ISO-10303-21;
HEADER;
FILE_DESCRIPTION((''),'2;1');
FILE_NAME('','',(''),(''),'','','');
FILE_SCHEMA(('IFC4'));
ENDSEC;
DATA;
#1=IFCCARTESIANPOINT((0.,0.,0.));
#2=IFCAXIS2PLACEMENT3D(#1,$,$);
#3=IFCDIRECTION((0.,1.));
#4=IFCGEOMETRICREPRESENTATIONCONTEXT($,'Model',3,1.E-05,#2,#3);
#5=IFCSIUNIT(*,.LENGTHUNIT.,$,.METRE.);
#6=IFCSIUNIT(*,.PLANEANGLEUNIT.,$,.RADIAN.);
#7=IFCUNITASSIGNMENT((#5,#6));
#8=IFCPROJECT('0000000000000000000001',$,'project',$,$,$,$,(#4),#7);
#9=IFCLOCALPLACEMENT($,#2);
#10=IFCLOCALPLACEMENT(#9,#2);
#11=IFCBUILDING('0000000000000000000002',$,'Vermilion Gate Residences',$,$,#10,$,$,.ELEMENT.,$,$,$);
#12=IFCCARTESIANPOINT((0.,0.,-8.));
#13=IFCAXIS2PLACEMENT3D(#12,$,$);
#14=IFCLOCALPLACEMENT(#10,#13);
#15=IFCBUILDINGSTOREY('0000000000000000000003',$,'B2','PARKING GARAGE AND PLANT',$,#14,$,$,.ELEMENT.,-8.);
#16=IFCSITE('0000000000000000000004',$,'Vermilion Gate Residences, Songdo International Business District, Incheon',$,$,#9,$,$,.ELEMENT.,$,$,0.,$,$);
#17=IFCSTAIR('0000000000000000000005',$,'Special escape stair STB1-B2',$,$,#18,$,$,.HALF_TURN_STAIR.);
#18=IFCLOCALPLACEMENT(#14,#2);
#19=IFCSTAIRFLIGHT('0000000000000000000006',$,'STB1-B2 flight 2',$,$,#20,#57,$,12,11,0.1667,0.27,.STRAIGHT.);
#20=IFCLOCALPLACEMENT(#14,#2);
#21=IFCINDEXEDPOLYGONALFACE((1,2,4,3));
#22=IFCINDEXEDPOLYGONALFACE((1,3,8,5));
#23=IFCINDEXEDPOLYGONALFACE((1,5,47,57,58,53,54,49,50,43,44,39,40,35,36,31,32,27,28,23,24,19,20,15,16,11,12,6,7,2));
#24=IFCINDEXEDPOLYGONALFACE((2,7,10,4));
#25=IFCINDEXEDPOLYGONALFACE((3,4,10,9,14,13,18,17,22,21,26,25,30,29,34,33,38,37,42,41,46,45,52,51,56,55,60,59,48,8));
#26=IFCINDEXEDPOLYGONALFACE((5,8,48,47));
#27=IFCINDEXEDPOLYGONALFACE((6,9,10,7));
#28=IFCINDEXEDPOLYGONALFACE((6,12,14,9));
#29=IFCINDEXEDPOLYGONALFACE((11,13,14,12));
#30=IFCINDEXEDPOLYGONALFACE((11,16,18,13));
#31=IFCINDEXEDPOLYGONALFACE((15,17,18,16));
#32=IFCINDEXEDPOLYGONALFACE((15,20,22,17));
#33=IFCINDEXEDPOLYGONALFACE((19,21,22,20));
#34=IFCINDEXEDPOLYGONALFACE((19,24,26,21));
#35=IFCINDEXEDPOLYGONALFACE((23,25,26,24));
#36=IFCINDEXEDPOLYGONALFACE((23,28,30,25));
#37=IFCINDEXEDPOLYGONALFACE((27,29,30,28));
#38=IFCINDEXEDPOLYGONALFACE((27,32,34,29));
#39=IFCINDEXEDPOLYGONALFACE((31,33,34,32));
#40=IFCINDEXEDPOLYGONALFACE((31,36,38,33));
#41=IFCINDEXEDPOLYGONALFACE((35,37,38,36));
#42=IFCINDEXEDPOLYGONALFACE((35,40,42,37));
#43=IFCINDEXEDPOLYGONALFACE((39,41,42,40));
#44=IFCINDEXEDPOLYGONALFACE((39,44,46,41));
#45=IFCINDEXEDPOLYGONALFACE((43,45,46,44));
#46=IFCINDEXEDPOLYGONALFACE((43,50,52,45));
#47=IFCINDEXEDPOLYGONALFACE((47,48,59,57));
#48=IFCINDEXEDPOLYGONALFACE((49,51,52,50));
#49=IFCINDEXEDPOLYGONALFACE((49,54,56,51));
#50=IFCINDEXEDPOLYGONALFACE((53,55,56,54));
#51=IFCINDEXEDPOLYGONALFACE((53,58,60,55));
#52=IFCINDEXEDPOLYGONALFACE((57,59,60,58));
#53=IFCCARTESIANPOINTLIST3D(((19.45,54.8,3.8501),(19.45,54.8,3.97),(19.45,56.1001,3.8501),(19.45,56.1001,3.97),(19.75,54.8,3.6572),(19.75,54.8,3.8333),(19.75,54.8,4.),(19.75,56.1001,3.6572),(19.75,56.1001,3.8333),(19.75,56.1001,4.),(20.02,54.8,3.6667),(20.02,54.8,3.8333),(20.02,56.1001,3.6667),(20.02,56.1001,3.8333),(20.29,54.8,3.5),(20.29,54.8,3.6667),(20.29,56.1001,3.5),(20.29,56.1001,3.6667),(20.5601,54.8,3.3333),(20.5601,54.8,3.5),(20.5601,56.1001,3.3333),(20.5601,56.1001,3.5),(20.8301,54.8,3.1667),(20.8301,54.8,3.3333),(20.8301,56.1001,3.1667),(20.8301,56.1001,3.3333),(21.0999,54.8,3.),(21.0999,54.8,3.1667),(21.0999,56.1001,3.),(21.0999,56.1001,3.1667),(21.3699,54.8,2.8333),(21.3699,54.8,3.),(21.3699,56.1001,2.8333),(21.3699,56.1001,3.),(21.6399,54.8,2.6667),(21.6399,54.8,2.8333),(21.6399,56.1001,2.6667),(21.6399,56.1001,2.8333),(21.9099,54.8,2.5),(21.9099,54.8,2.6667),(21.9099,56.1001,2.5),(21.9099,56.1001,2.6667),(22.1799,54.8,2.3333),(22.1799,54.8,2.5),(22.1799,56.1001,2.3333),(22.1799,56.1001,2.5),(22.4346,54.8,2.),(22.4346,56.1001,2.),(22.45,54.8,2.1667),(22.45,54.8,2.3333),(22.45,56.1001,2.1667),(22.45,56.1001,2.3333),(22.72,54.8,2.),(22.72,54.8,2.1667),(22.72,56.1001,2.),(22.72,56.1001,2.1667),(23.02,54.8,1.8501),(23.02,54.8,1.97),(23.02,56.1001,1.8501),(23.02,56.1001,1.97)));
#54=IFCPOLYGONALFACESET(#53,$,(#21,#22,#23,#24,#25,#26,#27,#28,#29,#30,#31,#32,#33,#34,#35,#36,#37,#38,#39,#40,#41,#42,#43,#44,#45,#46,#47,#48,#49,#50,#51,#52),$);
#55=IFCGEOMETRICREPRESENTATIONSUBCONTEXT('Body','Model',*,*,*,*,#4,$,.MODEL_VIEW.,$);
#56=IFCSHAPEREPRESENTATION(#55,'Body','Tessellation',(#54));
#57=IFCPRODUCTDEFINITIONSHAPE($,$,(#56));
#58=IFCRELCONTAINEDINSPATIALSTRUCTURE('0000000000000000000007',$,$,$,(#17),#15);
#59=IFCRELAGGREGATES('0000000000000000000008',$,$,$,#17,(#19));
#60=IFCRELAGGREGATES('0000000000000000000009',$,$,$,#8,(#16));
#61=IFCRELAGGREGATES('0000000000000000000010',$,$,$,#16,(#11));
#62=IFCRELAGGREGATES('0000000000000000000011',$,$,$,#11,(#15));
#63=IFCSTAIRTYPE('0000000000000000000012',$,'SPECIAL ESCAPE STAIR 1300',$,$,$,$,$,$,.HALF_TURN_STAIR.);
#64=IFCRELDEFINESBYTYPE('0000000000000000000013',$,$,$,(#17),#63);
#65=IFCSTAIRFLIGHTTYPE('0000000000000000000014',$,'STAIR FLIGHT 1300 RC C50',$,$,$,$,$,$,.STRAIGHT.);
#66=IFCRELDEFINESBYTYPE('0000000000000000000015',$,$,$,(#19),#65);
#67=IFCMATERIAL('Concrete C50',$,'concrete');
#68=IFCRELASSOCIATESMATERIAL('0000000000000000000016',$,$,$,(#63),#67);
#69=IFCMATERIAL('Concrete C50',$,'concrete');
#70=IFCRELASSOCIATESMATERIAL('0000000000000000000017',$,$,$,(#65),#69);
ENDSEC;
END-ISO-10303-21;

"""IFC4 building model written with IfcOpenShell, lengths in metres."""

from ifc_helpers import new_model, si_unit, direction, frame, origin, place, context, subcontext, project, spatial, polyline, outline, extrude, material, type_object, element, aggregate, save


model = new_model("IFC4")

# Units and contexts
model_context = context("Model", 3, precision=1e-05, world=origin(), true_north=direction((0.0, 1.0)))
body_context = subcontext(model_context, "Body", "Model", "MODEL_VIEW")
ifc_project = project(units=[si_unit("LENGTHUNIT", "METRE"), si_unit("PLANEANGLEUNIT", "RADIAN")], contexts=[model_context])

# Site, building, storey
site_placement = place(None, origin())
site = spatial("IfcSite", under=ifc_project, at=site_placement, Name="Vermilion Gate Residences, Songdo International Business District, Incheon", CompositionType="ELEMENT", RefElevation=0.0)
building_placement = place(site_placement, origin())
building = spatial("IfcBuilding", under=site, at=building_placement, Name="Vermilion Gate Residences", CompositionType="ELEMENT")
storey_placement = place(building_placement, frame((0.0, 0.0, -8.0)))
storey = spatial("IfcBuildingStorey", under=building, at=storey_placement, Name="B2", Description="PARKING GARAGE AND PLANT", CompositionType="ELEMENT", Elevation=-8.0)

# Stair, stair flight
ifc_material_1 = material(Name="Concrete C50", Category="concrete")
stair_type = type_object("IfcStairType", Name="SPECIAL ESCAPE STAIR 1300", PredefinedType="HALF_TURN_STAIR", material=ifc_material_1)
stair_placement = place(storey_placement, origin())
stair = element("IfcStair", 1, at=stair_placement, inside=storey, type_object=stair_type, Name="Special escape stair STB1-B2", PredefinedType="HALF_TURN_STAIR")
ifc_material_2 = material(Name="Concrete C50", Category="concrete")
stair_flight_type = type_object("IfcStairFlightType", Name="STAIR FLIGHT 1300 RC C50", PredefinedType="STRAIGHT", material=ifc_material_2)
stair_flight_1_placement = place(storey_placement, frame((22.72, 55.45, 2.0), z_axis=(0.0, 0.0, 1.0), x_axis=(-1.0, 0.0, 0.0)))
stair_flight_1 = element("IfcStairFlight", 2, at=stair_flight_1_placement, type_object=stair_flight_type, Name="STB1-B2 flight 2", NumberOfRisers=12, NumberOfTreads=11, PredefinedType="STRAIGHT", RiserHeight=0.1667, TreadLength=0.27, context=body_context, shape_type="SweptSolid", body=[
    extrude(outline(polyline([(-0.3, -0.1499), (-0.3, -0.03), (0.0, 0.0), (0.0, 0.1667), (0.27, 0.1667), (0.27, 0.3333), (0.54, 0.3333), (0.54, 0.5), (0.8101, 0.5), (0.8101, 0.6667), (1.0801, 0.6667), (1.0801, 0.8333), (1.3501, 0.8333), (1.3501, 1.0), (1.6201, 1.0), (1.6201, 1.1667), (1.8899, 1.1667), (1.8899, 1.3333), (2.1599, 1.3333), (2.1599, 1.5), (2.4299, 1.5), (2.4299, 1.6667), (2.7, 1.6667), (2.7, 1.8333), (2.97, 1.8333), (2.97, 2.0), (3.27, 1.97), (3.27, 1.8501), (2.97, 1.6572), (0.2854, 0.0), (-0.3, -0.1499)])), frame((0.0, 0.6499, 0.0), z_axis=(0.0, -1.0, 0.0), x_axis=(1.0, 0.0, 0.0)), (0.0, 0.0, 1.0), 1.3),
])
aggregate(stair, [stair_flight_1])

save(model, "model.ifc")
